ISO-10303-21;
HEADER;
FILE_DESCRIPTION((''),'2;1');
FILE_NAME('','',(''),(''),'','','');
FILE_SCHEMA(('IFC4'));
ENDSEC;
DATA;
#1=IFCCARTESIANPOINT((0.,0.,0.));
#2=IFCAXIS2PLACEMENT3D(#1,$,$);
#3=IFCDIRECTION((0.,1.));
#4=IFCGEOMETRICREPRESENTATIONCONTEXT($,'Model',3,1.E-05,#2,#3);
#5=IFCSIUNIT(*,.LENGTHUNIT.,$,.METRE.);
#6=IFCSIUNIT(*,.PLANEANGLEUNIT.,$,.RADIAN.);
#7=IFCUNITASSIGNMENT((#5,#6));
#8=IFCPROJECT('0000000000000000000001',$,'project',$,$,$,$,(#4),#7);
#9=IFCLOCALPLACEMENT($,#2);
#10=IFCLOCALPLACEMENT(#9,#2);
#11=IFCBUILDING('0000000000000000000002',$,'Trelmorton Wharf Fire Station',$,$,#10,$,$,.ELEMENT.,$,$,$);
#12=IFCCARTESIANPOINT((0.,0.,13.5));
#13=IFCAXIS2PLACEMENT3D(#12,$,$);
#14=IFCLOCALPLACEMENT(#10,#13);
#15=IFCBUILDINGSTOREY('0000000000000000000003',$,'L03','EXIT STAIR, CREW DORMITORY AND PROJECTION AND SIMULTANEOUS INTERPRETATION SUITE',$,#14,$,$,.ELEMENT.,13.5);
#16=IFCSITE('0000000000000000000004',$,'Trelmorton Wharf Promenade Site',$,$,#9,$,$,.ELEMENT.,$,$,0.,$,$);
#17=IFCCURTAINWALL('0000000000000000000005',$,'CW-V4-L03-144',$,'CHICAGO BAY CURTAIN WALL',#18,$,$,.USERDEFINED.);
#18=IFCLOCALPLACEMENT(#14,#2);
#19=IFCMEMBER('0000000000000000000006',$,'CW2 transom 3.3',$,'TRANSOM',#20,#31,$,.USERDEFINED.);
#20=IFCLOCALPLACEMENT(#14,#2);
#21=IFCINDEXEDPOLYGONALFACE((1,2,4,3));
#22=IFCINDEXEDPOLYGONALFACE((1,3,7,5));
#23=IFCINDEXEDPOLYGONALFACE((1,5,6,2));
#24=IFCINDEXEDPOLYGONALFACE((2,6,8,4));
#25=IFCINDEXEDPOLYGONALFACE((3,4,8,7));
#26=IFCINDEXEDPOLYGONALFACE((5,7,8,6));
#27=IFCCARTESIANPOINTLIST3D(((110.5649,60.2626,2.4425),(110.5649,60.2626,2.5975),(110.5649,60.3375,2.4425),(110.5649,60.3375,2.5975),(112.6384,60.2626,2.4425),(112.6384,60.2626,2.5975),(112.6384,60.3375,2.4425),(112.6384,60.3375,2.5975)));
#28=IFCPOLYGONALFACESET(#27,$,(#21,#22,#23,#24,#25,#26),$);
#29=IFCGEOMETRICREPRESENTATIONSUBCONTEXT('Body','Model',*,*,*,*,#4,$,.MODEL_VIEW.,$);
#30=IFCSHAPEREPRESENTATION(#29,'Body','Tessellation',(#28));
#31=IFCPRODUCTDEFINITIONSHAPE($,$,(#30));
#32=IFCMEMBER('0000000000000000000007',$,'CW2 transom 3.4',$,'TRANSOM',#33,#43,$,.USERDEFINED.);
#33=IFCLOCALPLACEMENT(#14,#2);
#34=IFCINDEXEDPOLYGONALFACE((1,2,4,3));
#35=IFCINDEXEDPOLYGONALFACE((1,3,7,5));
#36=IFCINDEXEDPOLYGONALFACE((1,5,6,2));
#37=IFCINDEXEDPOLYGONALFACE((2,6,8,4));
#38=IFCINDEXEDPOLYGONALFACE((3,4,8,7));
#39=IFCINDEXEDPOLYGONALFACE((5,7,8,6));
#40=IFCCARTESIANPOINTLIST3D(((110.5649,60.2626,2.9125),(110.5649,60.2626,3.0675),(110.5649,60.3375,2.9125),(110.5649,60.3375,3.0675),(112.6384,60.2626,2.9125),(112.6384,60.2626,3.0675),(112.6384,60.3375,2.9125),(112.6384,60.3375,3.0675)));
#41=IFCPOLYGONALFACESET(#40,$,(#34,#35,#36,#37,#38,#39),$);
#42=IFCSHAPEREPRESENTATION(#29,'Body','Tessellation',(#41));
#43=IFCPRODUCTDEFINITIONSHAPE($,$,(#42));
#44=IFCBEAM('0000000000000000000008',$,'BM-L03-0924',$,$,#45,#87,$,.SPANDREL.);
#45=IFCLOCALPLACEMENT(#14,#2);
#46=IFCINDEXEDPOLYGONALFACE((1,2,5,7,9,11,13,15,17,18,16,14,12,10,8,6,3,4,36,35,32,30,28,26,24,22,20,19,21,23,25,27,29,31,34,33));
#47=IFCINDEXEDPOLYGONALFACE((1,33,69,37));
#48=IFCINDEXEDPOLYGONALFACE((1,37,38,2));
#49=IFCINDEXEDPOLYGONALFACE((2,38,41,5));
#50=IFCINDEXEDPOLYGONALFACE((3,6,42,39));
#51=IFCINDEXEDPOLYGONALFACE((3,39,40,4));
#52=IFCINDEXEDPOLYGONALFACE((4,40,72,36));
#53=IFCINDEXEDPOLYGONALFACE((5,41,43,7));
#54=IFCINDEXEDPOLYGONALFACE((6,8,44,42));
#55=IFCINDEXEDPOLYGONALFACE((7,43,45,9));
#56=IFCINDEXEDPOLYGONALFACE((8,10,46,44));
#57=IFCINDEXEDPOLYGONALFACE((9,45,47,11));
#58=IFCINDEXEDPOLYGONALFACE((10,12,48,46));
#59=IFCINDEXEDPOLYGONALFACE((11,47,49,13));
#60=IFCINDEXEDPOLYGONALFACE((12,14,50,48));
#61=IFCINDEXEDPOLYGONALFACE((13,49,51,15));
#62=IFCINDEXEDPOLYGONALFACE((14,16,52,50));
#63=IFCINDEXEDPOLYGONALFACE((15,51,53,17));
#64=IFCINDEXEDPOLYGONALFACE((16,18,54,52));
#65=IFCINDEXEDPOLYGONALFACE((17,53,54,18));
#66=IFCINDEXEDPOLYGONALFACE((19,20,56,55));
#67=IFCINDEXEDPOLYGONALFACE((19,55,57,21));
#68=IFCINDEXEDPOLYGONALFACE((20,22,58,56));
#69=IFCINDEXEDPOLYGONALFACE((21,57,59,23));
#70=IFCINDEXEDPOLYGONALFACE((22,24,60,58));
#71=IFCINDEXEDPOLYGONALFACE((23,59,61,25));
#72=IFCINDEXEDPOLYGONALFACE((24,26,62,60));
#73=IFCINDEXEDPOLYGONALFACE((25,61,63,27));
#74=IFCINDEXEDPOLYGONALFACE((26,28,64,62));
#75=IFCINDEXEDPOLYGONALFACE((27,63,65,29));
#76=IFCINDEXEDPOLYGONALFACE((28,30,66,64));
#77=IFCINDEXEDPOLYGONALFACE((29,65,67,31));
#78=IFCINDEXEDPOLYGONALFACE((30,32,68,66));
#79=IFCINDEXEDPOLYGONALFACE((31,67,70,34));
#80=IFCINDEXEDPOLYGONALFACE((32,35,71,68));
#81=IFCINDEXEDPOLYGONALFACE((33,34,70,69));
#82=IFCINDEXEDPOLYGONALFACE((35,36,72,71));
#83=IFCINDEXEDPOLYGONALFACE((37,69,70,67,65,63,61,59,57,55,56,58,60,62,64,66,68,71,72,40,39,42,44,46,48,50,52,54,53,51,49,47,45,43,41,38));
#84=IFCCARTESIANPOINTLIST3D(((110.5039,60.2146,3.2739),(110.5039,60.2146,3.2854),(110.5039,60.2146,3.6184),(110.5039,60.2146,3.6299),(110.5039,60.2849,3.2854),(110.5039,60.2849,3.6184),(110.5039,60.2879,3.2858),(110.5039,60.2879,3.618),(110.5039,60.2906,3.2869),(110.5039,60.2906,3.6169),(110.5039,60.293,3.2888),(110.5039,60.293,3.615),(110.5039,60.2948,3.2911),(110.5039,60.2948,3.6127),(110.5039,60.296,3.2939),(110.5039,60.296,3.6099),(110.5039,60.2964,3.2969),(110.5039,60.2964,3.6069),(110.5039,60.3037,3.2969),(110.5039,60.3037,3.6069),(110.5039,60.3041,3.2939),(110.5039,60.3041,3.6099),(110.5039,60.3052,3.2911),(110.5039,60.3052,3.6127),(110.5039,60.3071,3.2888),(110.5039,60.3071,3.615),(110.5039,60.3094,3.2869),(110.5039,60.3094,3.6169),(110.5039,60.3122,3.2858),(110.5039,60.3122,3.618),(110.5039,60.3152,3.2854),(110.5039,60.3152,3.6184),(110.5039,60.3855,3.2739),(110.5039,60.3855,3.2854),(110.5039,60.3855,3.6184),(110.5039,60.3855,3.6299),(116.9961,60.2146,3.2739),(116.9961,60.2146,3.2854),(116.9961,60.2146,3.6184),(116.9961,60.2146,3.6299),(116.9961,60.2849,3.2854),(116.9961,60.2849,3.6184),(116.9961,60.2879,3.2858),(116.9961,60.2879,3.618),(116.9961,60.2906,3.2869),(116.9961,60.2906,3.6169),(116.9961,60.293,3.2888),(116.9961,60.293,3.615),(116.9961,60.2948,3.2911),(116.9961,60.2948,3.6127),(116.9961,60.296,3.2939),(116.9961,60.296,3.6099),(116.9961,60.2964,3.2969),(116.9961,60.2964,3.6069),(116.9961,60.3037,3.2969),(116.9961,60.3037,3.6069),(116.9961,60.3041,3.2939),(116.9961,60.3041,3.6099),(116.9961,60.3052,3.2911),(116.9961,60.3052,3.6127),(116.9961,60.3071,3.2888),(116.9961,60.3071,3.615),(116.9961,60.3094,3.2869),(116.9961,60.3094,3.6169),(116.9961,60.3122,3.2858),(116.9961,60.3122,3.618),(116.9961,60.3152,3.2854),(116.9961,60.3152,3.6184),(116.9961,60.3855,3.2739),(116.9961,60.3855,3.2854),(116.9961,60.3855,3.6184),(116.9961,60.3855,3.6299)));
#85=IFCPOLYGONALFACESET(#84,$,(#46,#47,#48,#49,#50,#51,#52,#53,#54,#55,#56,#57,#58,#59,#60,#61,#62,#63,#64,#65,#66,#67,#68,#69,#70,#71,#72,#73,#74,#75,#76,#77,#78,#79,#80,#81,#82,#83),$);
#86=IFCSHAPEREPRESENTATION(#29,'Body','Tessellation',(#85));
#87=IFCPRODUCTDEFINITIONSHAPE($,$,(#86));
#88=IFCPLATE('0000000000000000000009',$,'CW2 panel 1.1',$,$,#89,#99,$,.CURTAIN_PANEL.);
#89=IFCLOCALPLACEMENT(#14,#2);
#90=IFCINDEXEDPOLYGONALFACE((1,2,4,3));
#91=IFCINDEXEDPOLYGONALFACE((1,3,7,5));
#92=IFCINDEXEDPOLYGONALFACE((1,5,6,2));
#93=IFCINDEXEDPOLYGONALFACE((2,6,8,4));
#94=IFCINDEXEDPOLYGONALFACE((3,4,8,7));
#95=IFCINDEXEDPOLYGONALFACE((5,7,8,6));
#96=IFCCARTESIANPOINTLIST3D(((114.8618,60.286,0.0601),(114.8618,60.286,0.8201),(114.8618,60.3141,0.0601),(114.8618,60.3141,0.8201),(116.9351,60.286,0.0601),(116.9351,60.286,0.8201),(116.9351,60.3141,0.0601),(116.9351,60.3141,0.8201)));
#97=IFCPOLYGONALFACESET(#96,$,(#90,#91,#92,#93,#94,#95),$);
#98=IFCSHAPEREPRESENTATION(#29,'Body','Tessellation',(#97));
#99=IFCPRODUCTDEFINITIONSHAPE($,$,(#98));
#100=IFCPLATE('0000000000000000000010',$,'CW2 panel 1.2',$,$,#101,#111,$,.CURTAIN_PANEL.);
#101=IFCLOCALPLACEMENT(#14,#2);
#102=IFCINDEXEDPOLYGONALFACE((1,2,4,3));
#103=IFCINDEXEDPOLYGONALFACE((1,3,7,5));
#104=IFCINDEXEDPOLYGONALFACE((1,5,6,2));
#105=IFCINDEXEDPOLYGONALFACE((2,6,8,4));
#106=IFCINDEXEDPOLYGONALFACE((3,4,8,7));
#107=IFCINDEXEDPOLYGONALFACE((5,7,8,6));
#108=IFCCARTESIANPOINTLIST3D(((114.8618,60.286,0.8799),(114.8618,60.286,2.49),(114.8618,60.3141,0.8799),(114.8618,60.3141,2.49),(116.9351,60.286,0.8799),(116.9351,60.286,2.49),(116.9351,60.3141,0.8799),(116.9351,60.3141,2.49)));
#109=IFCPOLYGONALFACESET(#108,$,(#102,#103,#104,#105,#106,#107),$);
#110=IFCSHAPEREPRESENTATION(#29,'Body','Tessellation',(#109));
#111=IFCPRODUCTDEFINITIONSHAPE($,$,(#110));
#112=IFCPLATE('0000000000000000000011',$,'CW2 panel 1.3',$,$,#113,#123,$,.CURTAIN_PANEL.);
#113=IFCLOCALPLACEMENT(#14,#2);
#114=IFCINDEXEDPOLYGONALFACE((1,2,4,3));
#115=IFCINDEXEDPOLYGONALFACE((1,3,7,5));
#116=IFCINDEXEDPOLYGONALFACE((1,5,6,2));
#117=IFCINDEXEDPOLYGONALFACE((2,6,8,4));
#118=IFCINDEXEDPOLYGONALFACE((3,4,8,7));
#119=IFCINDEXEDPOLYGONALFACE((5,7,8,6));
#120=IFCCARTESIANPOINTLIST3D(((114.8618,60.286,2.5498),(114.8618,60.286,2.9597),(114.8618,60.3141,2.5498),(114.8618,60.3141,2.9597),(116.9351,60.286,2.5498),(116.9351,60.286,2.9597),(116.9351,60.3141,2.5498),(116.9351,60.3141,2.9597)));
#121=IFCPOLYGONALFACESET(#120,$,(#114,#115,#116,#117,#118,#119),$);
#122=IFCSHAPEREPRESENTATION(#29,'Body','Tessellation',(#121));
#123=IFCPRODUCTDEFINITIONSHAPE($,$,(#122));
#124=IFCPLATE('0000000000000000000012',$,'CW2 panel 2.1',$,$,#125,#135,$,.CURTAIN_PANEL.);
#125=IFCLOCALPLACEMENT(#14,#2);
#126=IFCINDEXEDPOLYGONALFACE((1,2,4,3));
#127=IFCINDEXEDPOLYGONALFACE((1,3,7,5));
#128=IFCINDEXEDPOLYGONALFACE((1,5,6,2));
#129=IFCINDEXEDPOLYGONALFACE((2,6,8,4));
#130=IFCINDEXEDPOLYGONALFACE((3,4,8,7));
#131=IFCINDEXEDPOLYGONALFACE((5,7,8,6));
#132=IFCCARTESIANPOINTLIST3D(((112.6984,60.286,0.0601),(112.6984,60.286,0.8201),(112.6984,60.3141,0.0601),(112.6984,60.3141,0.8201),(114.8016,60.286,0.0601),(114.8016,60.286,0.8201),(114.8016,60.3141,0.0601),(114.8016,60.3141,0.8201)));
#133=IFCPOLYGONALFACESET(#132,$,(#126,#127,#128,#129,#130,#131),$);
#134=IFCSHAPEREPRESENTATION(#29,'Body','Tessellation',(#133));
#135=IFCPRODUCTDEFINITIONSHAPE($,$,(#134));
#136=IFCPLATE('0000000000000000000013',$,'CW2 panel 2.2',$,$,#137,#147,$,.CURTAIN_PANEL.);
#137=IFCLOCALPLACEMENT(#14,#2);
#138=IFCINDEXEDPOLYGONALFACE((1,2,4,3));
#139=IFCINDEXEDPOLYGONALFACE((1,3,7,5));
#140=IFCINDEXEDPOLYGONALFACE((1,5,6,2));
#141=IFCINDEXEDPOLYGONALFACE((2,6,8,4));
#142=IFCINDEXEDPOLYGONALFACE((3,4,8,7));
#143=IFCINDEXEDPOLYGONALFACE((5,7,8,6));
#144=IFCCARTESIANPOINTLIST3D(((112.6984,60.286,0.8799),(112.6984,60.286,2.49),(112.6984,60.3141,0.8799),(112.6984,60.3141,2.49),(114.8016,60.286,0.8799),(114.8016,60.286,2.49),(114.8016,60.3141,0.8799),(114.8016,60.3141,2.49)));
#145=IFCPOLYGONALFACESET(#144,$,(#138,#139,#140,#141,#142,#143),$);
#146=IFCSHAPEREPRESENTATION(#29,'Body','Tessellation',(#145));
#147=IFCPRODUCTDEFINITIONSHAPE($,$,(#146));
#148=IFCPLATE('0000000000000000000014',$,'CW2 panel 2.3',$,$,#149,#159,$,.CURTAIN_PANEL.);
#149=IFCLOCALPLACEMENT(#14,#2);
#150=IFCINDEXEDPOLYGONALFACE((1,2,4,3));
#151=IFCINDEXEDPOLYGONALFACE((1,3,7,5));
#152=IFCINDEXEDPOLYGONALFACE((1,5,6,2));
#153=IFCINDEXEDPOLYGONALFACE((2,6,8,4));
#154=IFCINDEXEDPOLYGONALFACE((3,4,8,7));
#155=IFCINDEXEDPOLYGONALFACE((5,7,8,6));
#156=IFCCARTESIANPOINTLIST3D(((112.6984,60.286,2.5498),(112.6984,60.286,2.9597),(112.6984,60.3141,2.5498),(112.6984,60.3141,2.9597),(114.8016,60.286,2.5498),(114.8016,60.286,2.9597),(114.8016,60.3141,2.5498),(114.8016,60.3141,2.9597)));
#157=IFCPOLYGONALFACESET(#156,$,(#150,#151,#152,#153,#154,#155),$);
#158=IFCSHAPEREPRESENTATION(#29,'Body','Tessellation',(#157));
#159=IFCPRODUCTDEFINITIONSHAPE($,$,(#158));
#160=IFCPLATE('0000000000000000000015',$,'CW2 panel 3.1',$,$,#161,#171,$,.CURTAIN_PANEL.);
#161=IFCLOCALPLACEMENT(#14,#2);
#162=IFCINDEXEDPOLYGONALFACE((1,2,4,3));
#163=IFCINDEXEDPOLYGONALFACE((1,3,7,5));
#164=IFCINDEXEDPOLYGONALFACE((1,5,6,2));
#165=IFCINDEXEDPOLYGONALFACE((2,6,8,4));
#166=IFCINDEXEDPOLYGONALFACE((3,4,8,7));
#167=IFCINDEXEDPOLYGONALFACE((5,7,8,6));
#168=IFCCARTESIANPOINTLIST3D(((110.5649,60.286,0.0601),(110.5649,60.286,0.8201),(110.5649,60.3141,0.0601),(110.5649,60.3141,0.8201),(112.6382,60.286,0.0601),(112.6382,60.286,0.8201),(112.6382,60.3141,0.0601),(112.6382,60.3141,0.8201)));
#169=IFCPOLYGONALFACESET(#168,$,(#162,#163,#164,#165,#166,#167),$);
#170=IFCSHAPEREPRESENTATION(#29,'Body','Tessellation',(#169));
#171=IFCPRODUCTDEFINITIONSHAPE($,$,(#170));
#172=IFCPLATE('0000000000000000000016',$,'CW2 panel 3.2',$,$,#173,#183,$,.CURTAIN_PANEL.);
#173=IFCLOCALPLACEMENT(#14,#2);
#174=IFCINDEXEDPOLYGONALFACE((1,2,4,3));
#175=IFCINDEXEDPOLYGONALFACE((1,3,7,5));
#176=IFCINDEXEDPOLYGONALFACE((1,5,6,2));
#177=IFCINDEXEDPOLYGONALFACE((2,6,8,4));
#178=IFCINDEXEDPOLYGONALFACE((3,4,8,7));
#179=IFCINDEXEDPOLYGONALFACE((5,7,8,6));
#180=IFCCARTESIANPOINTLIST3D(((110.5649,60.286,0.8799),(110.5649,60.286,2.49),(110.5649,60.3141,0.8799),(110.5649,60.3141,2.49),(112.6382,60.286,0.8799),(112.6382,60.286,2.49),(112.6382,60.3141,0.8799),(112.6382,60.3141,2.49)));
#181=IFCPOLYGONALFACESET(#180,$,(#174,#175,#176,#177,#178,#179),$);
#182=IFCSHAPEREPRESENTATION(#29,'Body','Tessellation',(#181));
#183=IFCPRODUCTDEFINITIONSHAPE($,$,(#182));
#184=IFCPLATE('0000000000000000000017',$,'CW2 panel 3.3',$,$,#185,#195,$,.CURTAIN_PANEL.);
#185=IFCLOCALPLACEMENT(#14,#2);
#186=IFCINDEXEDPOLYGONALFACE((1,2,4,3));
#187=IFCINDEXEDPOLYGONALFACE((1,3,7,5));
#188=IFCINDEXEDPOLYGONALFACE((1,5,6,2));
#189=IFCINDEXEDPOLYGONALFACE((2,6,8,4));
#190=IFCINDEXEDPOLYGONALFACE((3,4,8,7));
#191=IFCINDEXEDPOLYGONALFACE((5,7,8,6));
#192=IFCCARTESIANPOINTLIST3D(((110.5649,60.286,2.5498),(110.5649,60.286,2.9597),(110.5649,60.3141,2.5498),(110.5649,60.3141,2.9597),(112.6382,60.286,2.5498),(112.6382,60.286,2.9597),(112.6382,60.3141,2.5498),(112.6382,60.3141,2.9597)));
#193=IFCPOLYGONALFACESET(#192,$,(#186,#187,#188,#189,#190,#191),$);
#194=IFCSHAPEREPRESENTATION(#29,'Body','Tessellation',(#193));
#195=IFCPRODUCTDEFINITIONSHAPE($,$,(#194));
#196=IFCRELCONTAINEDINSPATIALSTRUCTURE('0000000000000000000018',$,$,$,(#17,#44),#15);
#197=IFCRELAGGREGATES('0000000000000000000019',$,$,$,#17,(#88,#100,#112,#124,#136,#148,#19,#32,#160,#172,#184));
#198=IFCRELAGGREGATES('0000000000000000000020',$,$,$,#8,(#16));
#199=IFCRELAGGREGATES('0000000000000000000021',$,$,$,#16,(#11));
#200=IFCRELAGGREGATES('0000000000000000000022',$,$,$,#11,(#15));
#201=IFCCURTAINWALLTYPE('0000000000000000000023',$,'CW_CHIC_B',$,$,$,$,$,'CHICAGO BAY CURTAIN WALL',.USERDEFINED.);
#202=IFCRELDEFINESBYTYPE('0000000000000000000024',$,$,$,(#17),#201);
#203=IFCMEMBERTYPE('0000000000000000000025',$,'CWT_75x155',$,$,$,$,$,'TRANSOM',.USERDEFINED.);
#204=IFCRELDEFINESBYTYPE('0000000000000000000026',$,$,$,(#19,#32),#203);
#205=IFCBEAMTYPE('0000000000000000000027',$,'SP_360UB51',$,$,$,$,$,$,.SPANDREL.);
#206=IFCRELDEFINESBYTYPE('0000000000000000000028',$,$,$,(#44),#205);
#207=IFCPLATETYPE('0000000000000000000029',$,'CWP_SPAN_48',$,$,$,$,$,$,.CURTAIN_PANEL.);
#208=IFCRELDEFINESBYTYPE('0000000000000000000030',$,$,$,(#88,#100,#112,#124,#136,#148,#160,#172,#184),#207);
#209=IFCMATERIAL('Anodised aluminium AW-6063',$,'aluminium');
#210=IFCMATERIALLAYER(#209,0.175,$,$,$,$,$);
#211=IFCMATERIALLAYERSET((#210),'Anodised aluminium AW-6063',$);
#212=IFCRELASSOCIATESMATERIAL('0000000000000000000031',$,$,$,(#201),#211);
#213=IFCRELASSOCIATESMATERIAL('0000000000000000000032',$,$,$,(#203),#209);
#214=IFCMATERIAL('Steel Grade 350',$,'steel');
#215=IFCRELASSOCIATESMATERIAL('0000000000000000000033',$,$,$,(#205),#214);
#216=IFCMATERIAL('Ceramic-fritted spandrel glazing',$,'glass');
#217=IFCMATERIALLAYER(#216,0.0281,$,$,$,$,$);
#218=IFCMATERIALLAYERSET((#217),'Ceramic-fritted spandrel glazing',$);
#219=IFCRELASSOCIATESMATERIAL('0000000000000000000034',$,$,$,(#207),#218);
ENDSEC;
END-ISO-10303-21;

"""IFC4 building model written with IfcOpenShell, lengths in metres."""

from ifc_helpers import new_model, si_unit, direction, frame, origin, origin_2d, place, context, subcontext, project, spatial, rectangle, i_section, extrude, material, layer, layer_set, material_profile, profile_set, type_object, element, aggregate, save


model = new_model("IFC4")

# Units and contexts
model_context = context("Model", 3, precision=1e-05, world=origin(), true_north=direction((0.0, 1.0)))
body_context = subcontext(model_context, "Body", "Model", "MODEL_VIEW")
ifc_project = project(units=[si_unit("LENGTHUNIT", "METRE"), si_unit("PLANEANGLEUNIT", "RADIAN")], contexts=[model_context])

# Site, building, storey
site_placement = place(None, origin())
site = spatial("IfcSite", under=ifc_project, at=site_placement, Name="Trelmorton Wharf Promenade Site", CompositionType="ELEMENT", RefElevation=0.0)
building_placement = place(site_placement, origin())
building = spatial("IfcBuilding", under=site, at=building_placement, Name="Trelmorton Wharf Fire Station", CompositionType="ELEMENT")
storey_placement = place(building_placement, frame((0.0, 0.0, 13.5)))
storey = spatial("IfcBuildingStorey", under=building, at=storey_placement, Name="L03", Description="EXIT STAIR, CREW DORMITORY AND PROJECTION AND SIMULTANEOUS INTERPRETATION SUITE", CompositionType="ELEMENT", Elevation=13.5)

# Shared definitions
ifc_material_1 = material(Name="Steel Grade 350", Category="steel")

# Shared definitions
ifc_material_2 = material(Name="Anodised aluminium AW-6063", Category="aluminium")
ifc_layer_1 = layer(ifc_material_2, 0.175)
ifc_layer_set_1 = layer_set([ifc_layer_1], Name="Anodised aluminium AW-6063")
curtain_wall_type = type_object("IfcCurtainWallType", Name="CW_CHIC_B", ElementType="CHICAGO BAY CURTAIN WALL", PredefinedType="USERDEFINED", material=ifc_layer_set_1)

# Curtain wall, members
curtain_wall_1_placement = place(storey_placement, origin())
curtain_wall_1 = element("IfcCurtainWall", 1, at=curtain_wall_1_placement, inside=storey, type_object=curtain_wall_type, Name="CW-V4-L03-144", ObjectType="CHICAGO BAY CURTAIN WALL", PredefinedType="USERDEFINED")
ifc_material_profile_1 = material_profile(ifc_material_2, rectangle(XDim=0.075, YDim=0.155, at=origin_2d()), Name="ALU-75x155")
ifc_profile_set_1 = profile_set([ifc_material_profile_1], Name="Anodised aluminium AW-6063")
member_type_1 = type_object("IfcMemberType", Name="CWT_75x155", ElementType="TRANSOM", PredefinedType="USERDEFINED", material=ifc_profile_set_1)
member_1_placement = place(storey_placement, frame((112.6384, 60.3, 2.52), z_axis=(-1.0, 0.0, 0.0), x_axis=(0.0, -1.0, 0.0)))
member_1 = element("IfcMember", 2, at=member_1_placement, type_object=member_type_1, Name="CW2 transom 3.3", ObjectType="TRANSOM", PredefinedType="USERDEFINED", context=body_context, shape_type="SweptSolid", body=[
    extrude(rectangle(XDim=0.075, YDim=0.155, at=origin_2d()), origin(), (0.0, 0.0, 1.0), 2.0735),
])
member_2_placement = place(storey_placement, frame((112.6384, 60.3, 2.99), z_axis=(-1.0, 0.0, 0.0), x_axis=(0.0, -1.0, 0.0)))
member_2 = element("IfcMember", 3, at=member_2_placement, type_object=member_type_1, Name="CW2 transom 3.4", ObjectType="TRANSOM", PredefinedType="USERDEFINED", context=body_context, shape_type="SweptSolid", body=[
    extrude(rectangle(XDim=0.075, YDim=0.155, at=origin_2d()), origin(), (0.0, 0.0, 1.0), 2.0735),
])

# Beam
ifc_material_profile_2 = material_profile(ifc_material_1, i_section(OverallWidth=0.1709, OverallDepth=0.356, WebThickness=0.0073, FlangeThickness=0.0115, FilletRadius=0.0115, at=origin_2d()), Name="360UB50.7")
ifc_profile_set_2 = profile_set([ifc_material_profile_2], Name="Steel Grade 350")
beam_type = type_object("IfcBeamType", Name="SP_360UB51", PredefinedType="SPANDREL", material=ifc_profile_set_2)
beam_placement = place(storey_placement, frame((110.5039, 60.3, 3.4519), z_axis=(1.0, 0.0, 0.0), x_axis=(0.0, 1.0, 0.0)))
element("IfcBeam", 4, at=beam_placement, inside=storey, type_object=beam_type, Name="BM-L03-0924", PredefinedType="SPANDREL", context=body_context, shape_type="SweptSolid", body=[
    extrude(i_section(OverallWidth=0.1709, OverallDepth=0.356, WebThickness=0.0073, FlangeThickness=0.0115, FilletRadius=0.0115, at=origin_2d()), origin(), (0.0, 0.0, 1.0), 6.4922),
])

# Plates
ifc_material_3 = material(Name="Ceramic-fritted spandrel glazing", Category="glass")
ifc_layer_2 = layer(ifc_material_3, 0.0281)
ifc_layer_set_2 = layer_set([ifc_layer_2], Name="Ceramic-fritted spandrel glazing")
plate_type = type_object("IfcPlateType", Name="CWP_SPAN_48", PredefinedType="CURTAIN_PANEL", material=ifc_layer_set_2)
plate_1_placement = place(storey_placement, frame((115.8984, 60.3, 0.0601), z_axis=(0.0, 0.0, 1.0), x_axis=(-1.0, 0.0, 0.0)))
plate_1 = element("IfcPlate", 5, at=plate_1_placement, type_object=plate_type, Name="CW2 panel 1.1", PredefinedType="CURTAIN_PANEL", context=body_context, shape_type="SweptSolid", body=[
    extrude(rectangle(XDim=2.0732, YDim=0.0281, at=origin_2d()), origin(), (0.0, 0.0, 1.0), 0.76),
])
plate_2_placement = place(storey_placement, frame((115.8984, 60.3, 0.8799), z_axis=(0.0, 0.0, 1.0), x_axis=(-1.0, 0.0, 0.0)))
plate_2 = element("IfcPlate", 6, at=plate_2_placement, type_object=plate_type, Name="CW2 panel 1.2", PredefinedType="CURTAIN_PANEL", context=body_context, shape_type="SweptSolid", body=[
    extrude(rectangle(XDim=2.0732, YDim=0.0281, at=origin_2d()), origin(), (0.0, 0.0, 1.0), 1.6101),
])
plate_3_placement = place(storey_placement, frame((115.8984, 60.3, 2.5498), z_axis=(0.0, 0.0, 1.0), x_axis=(-1.0, 0.0, 0.0)))
plate_3 = element("IfcPlate", 7, at=plate_3_placement, type_object=plate_type, Name="CW2 panel 1.3", PredefinedType="CURTAIN_PANEL", context=body_context, shape_type="SweptSolid", body=[
    extrude(rectangle(XDim=2.0732, YDim=0.0281, at=origin_2d()), origin(), (0.0, 0.0, 1.0), 0.4099),
])
plate_4_placement = place(storey_placement, frame((113.75, 60.3, 0.0601), z_axis=(0.0, 0.0, 1.0), x_axis=(-1.0, 0.0, 0.0)))
plate_4 = element("IfcPlate", 8, at=plate_4_placement, type_object=plate_type, Name="CW2 panel 2.1", PredefinedType="CURTAIN_PANEL", context=body_context, shape_type="SweptSolid", body=[
    extrude(rectangle(XDim=2.1033, YDim=0.0281, at=origin_2d()), origin(), (0.0, 0.0, 1.0), 0.76),
])
plate_5_placement = place(storey_placement, frame((113.75, 60.3, 0.8799), z_axis=(0.0, 0.0, 1.0), x_axis=(-1.0, 0.0, 0.0)))
plate_5 = element("IfcPlate", 9, at=plate_5_placement, type_object=plate_type, Name="CW2 panel 2.2", PredefinedType="CURTAIN_PANEL", context=body_context, shape_type="SweptSolid", body=[
    extrude(rectangle(XDim=2.1033, YDim=0.0281, at=origin_2d()), origin(), (0.0, 0.0, 1.0), 1.6101),
])
plate_6_placement = place(storey_placement, frame((113.75, 60.3, 2.5498), z_axis=(0.0, 0.0, 1.0), x_axis=(-1.0, 0.0, 0.0)))
plate_6 = element("IfcPlate", 10, at=plate_6_placement, type_object=plate_type, Name="CW2 panel 2.3", PredefinedType="CURTAIN_PANEL", context=body_context, shape_type="SweptSolid", body=[
    extrude(rectangle(XDim=2.1033, YDim=0.0281, at=origin_2d()), origin(), (0.0, 0.0, 1.0), 0.4099),
])
plate_7_placement = place(storey_placement, frame((111.6016, 60.3, 0.0601), z_axis=(0.0, 0.0, 1.0), x_axis=(-1.0, 0.0, 0.0)))
plate_7 = element("IfcPlate", 11, at=plate_7_placement, type_object=plate_type, Name="CW2 panel 3.1", PredefinedType="CURTAIN_PANEL", context=body_context, shape_type="SweptSolid", body=[
    extrude(rectangle(XDim=2.0732, YDim=0.0281, at=origin_2d()), origin(), (0.0, 0.0, 1.0), 0.76),
])
plate_8_placement = place(storey_placement, frame((111.6016, 60.3, 0.8799), z_axis=(0.0, 0.0, 1.0), x_axis=(-1.0, 0.0, 0.0)))
plate_8 = element("IfcPlate", 12, at=plate_8_placement, type_object=plate_type, Name="CW2 panel 3.2", PredefinedType="CURTAIN_PANEL", context=body_context, shape_type="SweptSolid", body=[
    extrude(rectangle(XDim=2.0732, YDim=0.0281, at=origin_2d()), origin(), (0.0, 0.0, 1.0), 1.6101),
])
plate_9_placement = place(storey_placement, frame((111.6016, 60.3, 2.5498), z_axis=(0.0, 0.0, 1.0), x_axis=(-1.0, 0.0, 0.0)))
plate_9 = element("IfcPlate", 13, at=plate_9_placement, type_object=plate_type, Name="CW2 panel 3.3", PredefinedType="CURTAIN_PANEL", context=body_context, shape_type="SweptSolid", body=[
    extrude(rectangle(XDim=2.0732, YDim=0.0281, at=origin_2d()), origin(), (0.0, 0.0, 1.0), 0.4099),
])
aggregate(curtain_wall_1, [plate_1, plate_2, plate_3, plate_4, plate_5, plate_6, member_1, member_2, plate_7, plate_8, plate_9])

save(model, "model.ifc")
